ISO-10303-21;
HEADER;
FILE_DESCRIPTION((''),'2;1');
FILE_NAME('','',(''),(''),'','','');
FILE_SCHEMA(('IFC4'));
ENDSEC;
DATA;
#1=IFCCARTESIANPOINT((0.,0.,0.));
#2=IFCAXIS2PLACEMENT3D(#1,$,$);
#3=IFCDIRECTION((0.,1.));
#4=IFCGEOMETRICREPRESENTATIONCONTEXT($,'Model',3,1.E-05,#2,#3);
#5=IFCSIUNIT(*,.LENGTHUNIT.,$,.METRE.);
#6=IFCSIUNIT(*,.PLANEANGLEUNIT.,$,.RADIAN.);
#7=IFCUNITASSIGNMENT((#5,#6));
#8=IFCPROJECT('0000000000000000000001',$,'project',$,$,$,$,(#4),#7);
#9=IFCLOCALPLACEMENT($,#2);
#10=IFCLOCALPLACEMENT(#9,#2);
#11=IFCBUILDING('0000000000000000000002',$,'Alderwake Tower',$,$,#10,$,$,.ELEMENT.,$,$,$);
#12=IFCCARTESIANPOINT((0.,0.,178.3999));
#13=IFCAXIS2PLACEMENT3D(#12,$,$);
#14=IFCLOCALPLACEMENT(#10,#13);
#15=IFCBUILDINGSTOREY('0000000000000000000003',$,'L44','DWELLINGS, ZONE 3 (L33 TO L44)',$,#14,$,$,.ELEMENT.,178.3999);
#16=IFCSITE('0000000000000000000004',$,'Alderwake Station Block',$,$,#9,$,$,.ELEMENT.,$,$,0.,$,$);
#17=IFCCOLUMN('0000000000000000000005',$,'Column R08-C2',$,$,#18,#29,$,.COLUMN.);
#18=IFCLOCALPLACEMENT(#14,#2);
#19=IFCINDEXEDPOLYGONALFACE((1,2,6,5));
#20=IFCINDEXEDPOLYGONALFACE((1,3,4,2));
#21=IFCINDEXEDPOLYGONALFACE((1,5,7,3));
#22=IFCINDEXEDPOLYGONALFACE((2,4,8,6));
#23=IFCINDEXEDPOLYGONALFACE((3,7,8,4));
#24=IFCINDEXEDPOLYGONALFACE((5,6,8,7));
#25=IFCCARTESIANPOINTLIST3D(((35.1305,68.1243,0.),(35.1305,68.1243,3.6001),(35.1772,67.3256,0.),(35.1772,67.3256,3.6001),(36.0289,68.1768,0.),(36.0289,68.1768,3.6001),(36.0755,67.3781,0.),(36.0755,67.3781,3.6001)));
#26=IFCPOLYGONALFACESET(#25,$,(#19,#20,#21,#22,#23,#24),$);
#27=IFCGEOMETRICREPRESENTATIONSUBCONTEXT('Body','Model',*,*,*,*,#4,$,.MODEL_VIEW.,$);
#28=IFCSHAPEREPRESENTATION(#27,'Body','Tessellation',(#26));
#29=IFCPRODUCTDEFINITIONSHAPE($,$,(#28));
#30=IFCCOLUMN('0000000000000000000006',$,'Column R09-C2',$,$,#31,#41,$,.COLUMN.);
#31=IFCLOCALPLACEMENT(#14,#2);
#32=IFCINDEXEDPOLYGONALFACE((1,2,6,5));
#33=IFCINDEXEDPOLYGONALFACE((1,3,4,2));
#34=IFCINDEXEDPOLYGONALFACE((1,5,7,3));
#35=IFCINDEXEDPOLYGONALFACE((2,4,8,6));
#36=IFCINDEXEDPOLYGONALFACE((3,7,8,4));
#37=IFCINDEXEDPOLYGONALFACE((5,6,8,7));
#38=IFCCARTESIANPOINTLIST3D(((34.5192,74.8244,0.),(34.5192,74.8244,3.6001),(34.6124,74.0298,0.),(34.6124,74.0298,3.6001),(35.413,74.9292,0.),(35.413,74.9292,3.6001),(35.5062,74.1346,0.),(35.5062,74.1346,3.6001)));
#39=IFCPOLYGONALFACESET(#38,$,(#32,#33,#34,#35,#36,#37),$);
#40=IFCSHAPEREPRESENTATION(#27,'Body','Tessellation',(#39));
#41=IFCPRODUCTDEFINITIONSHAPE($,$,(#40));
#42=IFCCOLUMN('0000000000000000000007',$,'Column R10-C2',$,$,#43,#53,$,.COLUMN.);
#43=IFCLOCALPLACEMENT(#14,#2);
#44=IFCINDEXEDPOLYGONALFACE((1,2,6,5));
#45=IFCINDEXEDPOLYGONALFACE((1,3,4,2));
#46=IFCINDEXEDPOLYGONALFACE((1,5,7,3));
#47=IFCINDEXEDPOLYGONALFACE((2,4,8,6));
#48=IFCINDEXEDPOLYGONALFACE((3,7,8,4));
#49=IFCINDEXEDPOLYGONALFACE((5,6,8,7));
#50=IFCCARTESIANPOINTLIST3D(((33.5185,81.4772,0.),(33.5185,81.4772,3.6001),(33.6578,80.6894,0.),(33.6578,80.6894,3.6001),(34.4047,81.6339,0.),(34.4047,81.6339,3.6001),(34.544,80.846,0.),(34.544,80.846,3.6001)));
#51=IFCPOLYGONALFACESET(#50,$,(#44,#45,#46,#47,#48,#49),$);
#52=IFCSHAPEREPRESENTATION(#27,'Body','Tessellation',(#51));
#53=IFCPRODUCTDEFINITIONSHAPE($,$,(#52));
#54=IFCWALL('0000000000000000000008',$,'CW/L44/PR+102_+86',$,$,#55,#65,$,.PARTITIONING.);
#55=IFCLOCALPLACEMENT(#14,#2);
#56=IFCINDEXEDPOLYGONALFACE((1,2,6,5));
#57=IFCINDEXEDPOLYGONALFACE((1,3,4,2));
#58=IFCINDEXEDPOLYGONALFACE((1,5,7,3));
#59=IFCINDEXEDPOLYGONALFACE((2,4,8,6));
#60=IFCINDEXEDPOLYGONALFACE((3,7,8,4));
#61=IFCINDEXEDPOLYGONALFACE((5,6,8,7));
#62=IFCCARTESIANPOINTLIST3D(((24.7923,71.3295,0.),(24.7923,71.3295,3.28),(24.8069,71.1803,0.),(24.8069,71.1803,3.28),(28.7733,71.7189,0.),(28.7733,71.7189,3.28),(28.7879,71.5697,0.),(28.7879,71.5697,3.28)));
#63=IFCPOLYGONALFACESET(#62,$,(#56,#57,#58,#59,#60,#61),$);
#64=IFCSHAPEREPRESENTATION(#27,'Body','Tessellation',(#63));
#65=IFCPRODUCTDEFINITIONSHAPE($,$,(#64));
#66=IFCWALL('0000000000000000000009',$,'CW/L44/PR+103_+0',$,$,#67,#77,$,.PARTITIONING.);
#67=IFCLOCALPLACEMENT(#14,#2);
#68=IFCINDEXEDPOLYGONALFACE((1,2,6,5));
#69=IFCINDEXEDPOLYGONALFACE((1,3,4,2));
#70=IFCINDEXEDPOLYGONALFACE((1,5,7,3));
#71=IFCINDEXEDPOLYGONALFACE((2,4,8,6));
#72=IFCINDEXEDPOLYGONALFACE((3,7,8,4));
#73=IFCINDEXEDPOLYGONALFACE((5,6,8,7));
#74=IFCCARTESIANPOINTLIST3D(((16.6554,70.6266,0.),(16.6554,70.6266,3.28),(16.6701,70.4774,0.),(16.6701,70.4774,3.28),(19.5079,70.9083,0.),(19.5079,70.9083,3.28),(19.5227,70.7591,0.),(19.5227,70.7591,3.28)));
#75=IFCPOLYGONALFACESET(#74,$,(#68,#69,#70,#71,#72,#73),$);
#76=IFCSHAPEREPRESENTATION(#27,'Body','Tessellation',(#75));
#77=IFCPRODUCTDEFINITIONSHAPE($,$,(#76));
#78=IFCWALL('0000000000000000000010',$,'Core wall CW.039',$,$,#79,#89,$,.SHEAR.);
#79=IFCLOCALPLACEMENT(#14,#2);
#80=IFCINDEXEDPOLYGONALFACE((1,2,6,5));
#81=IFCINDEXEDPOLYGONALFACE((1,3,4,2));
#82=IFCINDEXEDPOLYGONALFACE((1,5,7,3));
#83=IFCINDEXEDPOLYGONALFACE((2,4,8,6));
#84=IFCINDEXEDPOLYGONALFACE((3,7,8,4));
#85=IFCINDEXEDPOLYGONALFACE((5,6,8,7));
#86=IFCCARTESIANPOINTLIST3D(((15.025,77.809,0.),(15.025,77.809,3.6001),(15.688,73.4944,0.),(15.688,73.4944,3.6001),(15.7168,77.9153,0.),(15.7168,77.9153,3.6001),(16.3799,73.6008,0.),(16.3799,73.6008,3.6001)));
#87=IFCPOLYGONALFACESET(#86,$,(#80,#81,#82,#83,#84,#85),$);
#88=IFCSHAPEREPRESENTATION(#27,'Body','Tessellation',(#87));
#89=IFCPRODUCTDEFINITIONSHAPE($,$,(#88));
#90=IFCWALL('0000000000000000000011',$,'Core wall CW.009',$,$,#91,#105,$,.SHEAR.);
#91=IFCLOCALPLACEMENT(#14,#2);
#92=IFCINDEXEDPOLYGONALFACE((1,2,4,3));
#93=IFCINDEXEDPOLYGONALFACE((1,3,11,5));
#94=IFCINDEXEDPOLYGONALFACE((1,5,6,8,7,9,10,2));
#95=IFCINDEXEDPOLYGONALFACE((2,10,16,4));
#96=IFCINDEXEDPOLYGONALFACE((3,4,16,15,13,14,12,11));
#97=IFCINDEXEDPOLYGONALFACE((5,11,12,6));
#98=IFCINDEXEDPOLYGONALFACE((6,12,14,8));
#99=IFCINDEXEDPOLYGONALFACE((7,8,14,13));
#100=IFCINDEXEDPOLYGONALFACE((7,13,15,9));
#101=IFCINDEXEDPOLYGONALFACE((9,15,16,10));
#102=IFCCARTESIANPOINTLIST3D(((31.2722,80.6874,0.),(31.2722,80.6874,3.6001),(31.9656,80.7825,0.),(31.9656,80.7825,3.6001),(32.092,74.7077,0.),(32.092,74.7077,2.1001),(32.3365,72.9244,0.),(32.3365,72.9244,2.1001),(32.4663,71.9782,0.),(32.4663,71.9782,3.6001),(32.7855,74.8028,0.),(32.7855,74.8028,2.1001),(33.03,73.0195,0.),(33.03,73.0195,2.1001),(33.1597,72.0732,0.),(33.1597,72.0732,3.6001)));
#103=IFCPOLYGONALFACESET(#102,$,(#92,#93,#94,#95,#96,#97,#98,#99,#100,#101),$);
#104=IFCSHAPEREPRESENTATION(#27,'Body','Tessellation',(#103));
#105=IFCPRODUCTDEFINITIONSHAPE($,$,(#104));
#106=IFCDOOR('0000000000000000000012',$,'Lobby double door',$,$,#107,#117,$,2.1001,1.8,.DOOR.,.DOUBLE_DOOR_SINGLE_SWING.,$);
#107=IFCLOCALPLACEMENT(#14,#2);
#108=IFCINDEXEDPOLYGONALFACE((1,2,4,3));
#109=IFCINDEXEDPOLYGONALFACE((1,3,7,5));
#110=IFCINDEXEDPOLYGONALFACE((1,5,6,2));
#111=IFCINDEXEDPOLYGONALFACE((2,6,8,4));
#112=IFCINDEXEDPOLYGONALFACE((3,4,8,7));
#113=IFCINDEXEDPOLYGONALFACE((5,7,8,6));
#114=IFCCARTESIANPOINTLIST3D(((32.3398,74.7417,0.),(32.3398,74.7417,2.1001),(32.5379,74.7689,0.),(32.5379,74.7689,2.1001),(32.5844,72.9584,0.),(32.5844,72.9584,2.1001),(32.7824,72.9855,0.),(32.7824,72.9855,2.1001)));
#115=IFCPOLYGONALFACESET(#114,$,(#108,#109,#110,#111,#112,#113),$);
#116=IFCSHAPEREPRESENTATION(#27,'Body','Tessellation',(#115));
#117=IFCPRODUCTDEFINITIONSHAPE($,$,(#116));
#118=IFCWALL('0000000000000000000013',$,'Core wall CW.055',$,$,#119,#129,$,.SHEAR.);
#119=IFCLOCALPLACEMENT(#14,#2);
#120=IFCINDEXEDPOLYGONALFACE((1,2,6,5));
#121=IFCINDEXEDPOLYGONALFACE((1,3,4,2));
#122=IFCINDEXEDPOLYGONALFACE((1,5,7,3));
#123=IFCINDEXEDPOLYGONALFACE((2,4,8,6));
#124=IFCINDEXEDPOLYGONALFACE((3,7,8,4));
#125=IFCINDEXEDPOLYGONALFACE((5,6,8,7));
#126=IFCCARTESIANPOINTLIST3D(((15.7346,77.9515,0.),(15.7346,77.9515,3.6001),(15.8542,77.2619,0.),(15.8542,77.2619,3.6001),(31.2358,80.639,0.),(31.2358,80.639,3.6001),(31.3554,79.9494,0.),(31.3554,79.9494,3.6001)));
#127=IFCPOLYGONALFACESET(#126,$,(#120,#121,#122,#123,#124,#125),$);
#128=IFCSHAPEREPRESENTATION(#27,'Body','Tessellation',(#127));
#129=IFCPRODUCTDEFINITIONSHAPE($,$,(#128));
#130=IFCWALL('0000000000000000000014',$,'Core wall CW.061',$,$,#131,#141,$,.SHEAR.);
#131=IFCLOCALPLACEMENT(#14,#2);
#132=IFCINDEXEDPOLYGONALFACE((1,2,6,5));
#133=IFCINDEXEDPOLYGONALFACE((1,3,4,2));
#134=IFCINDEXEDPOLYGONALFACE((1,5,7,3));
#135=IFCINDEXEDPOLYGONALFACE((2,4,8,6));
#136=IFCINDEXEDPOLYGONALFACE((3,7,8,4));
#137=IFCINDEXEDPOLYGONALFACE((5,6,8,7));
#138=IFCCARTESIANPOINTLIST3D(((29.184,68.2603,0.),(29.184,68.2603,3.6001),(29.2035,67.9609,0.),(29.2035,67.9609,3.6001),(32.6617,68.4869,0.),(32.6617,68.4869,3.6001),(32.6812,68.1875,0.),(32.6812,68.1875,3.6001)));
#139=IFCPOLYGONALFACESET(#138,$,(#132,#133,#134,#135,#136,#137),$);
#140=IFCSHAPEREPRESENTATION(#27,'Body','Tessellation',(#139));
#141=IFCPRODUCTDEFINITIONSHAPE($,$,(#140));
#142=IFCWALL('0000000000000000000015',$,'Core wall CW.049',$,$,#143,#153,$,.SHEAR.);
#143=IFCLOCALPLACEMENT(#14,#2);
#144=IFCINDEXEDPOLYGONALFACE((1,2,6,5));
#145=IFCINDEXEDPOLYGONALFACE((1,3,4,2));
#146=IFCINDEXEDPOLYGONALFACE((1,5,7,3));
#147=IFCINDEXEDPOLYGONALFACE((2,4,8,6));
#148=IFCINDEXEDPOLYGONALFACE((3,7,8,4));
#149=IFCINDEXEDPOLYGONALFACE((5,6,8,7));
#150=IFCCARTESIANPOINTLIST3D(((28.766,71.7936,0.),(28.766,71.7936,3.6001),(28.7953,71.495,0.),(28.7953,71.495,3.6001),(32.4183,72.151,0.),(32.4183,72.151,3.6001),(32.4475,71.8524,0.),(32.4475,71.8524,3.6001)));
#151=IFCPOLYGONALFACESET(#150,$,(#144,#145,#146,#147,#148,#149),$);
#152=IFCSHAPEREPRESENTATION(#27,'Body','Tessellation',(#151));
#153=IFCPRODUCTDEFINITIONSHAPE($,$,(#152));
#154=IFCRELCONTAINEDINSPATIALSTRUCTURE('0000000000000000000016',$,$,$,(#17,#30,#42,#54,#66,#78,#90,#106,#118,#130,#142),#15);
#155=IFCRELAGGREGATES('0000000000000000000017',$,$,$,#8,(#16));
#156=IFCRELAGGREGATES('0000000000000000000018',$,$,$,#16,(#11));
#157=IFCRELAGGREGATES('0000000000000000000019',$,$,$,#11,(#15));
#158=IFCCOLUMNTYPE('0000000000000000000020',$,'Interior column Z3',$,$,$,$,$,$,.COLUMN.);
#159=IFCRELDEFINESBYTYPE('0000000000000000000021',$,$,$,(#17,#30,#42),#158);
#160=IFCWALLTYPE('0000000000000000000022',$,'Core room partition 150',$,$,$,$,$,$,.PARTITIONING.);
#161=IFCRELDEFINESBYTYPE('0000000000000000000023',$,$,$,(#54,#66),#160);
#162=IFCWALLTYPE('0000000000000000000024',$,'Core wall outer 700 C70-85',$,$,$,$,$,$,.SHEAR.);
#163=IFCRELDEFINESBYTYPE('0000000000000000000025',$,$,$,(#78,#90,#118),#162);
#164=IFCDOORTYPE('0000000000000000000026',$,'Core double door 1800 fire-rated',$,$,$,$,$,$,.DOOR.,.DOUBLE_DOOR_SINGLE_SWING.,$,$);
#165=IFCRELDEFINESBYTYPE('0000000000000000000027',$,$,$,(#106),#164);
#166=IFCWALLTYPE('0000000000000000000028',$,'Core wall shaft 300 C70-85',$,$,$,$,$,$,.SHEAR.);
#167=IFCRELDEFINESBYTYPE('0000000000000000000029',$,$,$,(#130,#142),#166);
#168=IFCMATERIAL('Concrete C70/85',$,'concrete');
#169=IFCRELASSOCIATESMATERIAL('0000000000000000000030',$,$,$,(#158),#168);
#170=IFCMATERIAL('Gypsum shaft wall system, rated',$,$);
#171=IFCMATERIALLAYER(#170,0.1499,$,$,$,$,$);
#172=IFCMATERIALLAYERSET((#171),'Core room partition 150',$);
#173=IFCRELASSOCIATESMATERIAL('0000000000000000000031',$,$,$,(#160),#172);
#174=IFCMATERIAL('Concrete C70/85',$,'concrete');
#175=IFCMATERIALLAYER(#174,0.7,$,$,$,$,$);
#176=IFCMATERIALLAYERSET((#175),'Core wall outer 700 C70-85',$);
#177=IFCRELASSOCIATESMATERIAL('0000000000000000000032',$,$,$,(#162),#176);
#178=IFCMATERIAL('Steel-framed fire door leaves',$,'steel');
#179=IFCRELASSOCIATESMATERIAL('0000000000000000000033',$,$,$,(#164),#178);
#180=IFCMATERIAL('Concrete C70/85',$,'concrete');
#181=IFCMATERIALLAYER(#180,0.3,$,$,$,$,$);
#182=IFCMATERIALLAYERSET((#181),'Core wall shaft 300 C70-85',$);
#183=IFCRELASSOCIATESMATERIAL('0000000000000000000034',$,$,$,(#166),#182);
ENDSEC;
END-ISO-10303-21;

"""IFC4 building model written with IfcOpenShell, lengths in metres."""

from ifc_helpers import new_model, si_unit, direction, frame, frame_2d, origin, origin_2d, place, context, subcontext, project, spatial, rectangle, extrude, material, layer, layer_set, material_profile, profile_set, type_object, element, fill, save


model = new_model("IFC4")

# Units and contexts
model_context = context("Model", 3, precision=1e-05, world=origin(), true_north=direction((0.0, 1.0)))
body_context = subcontext(model_context, "Body", "Model", "MODEL_VIEW")
ifc_project = project(units=[si_unit("LENGTHUNIT", "METRE"), si_unit("PLANEANGLEUNIT", "RADIAN")], contexts=[model_context])

# Site, building, storey
site_placement = place(None, origin())
site = spatial("IfcSite", under=ifc_project, at=site_placement, Name="Alderwake Station Block", CompositionType="ELEMENT", RefElevation=0.0)
building_placement = place(site_placement, origin())
building = spatial("IfcBuilding", under=site, at=building_placement, Name="Alderwake Tower", CompositionType="ELEMENT")
storey_placement = place(building_placement, frame((0.0, 0.0, 178.3999)))
storey = spatial("IfcBuildingStorey", under=building, at=storey_placement, Name="L44", Description="DWELLINGS, ZONE 3 (L33 TO L44)", CompositionType="ELEMENT", Elevation=178.3999)

# Columns
ifc_material_1 = material(Name="Concrete C70/85", Category="concrete")
ifc_material_profile = material_profile(ifc_material_1, rectangle(XDim=0.8, YDim=0.8999, at=origin_2d()), Name="RC 900X800")
ifc_profile_set = profile_set([ifc_material_profile], Name="Concrete C70/85")
column_type = type_object("IfcColumnType", Name="Interior column Z3", PredefinedType="COLUMN", material=ifc_profile_set)
for number, where, z_axis, x_axis, name in (
    (1, (35.603, 67.7512, 0.0), (0.0, 0.0, 1.0), (-0.058301, 0.998299, 0.0), "Column R08-C2"),
    (2, (35.0127, 74.4795, 0.0), (0.0, 0.0, 1.0), (-0.116402, 0.993202, 0.0), "Column R09-C2"),
    (3, (34.0312, 81.1616, 0.0), (0.0, 0.0, 1.0), (-0.174109, 0.984726, 0.0), "Column R10-C2"),
):
    element("IfcColumn", number, at=place(storey_placement, frame(where, z_axis=z_axis, x_axis=x_axis)), inside=storey, type_object=column_type, Name=name, PredefinedType="COLUMN", context=body_context, shape_type="SweptSolid", body=[
        extrude(rectangle(XDim=0.8, YDim=0.8999, at=origin_2d()), origin(), (0.0, 0.0, 1.0), 3.6001),
    ])

# Walls
ifc_material_2 = material(Name="Gypsum shaft wall system, rated")
ifc_layer_1 = layer(ifc_material_2, 0.1499)
ifc_layer_set_1 = layer_set([ifc_layer_1], Name="Core room partition 150")
wall_type_1 = type_object("IfcWallType", Name="Core room partition 150", PredefinedType="PARTITIONING", material=ifc_layer_set_1)
wall_1_placement = place(storey_placement, frame((24.7996, 71.2549, 0.0), z_axis=(0.0, 0.0, 1.0), x_axis=(0.99525, 0.097352, 0.0)))
element("IfcWall", 4, at=wall_1_placement, inside=storey, type_object=wall_type_1, Name="CW/L44/PR+102_+86", PredefinedType="PARTITIONING", context=body_context, shape_type="SweptSolid", body=[
    extrude(rectangle(XDim=4.0, YDim=0.1499, at=frame_2d((2.0, 0.0))), origin(), (0.0, 0.0, 1.0), 3.28),
])
wall_2_placement = place(storey_placement, frame((16.6628, 70.552, 0.0), z_axis=(0.0, 0.0, 1.0), x_axis=(0.995158, 0.098289, 0.0)))
element("IfcWall", 5, at=wall_2_placement, inside=storey, type_object=wall_type_1, Name="CW/L44/PR+103_+0", PredefinedType="PARTITIONING", context=body_context, shape_type="SweptSolid", body=[
    extrude(rectangle(XDim=2.8665, YDim=0.1499, at=frame_2d((1.4331, 0.0))), origin(), (0.0, 0.0, 1.0), 3.28),
])
ifc_material_3 = material(Name="Concrete C70/85", Category="concrete")
ifc_layer_2 = layer(ifc_material_3, 0.7)
ifc_layer_set_2 = layer_set([ifc_layer_2], Name="Core wall outer 700 C70-85")
wall_type_2 = type_object("IfcWallType", Name="Core wall outer 700 C70-85", PredefinedType="SHEAR", material=ifc_layer_set_2)
wall_3_placement = place(storey_placement, frame((16.0339, 73.5476, 0.0), z_axis=(0.0, 0.0, 1.0), x_axis=(-0.151897, 0.988396, 0.0)))
element("IfcWall", 6, at=wall_3_placement, inside=storey, type_object=wall_type_2, Name="Core wall CW.039", PredefinedType="SHEAR", context=body_context, shape_type="SweptSolid", body=[
    extrude(rectangle(XDim=4.3652, YDim=0.7, at=frame_2d((2.1826, 0.0))), origin(), (0.0, 0.0, 1.0), 3.6001),
])

# Wall, opening, door
wall_4_placement = place(storey_placement, frame((31.6189, 80.7351, 0.0), z_axis=(0.0, 0.0, 1.0), x_axis=(0.135836, -0.990731, 0.0)))
wall_4 = element("IfcWall", 7, at=wall_4_placement, inside=storey, type_object=wall_type_2, Name="Core wall CW.009", PredefinedType="SHEAR", context=body_context, shape_type="SweptSolid", body=[
    extrude(rectangle(XDim=8.7908, YDim=0.7, at=frame_2d((4.3955, 0.0))), origin(), (0.0, 0.0, 1.0), 3.6001),
])
opening_1_placement = place(wall_4_placement, frame((6.0359, 0.0, 0.0)))
opening_1 = element("IfcOpeningElement", 8, at=opening_1_placement, cuts=wall_4, PredefinedType="OPENING", context=body_context, shape_type="SweptSolid", body=[
    extrude(rectangle(XDim=1.8, YDim=2.1001, at=frame_2d((0.8999, 1.05))), frame((0.0, 0.3599, 0.0), z_axis=(0.0, -1.0, 0.0), x_axis=(1.0, 0.0, 0.0)), (0.0, 0.0, 1.0), 0.72),
])
ifc_material_4 = material(Name="Steel-framed fire door leaves", Category="steel")
door_type_1 = type_object("IfcDoorType", Name="Core double door 1800 fire-rated", OperationType="DOUBLE_DOOR_SINGLE_SWING", PredefinedType="DOOR", material=ifc_material_4)
door_1_placement = place(opening_1_placement, origin())
door_1 = element("IfcDoor", 9, at=door_1_placement, inside=storey, type_object=door_type_1, Name="Lobby double door", OperationType="DOUBLE_DOOR_SINGLE_SWING", OverallHeight=2.1001, OverallWidth=1.8, PredefinedType="DOOR", context=body_context, shape_type="SweptSolid", body=[
    extrude(rectangle(XDim=1.8, YDim=2.1001, at=frame_2d((0.8999, 1.05))), frame((0.0, 0.1001, 0.0), z_axis=(0.0, -1.0, 0.0), x_axis=(1.0, 0.0, 0.0)), (0.0, 0.0, 1.0), 0.2),
])
fill(opening_1, door_1)

# Walls
wall_5_placement = place(storey_placement, frame((15.7944, 77.6067, 0.0), z_axis=(0.0, 0.0, 1.0), x_axis=(0.985301, 0.170825, 0.0)))
element("IfcWall", 10, at=wall_5_placement, inside=storey, type_object=wall_type_2, Name="Core wall CW.055", PredefinedType="SHEAR", context=body_context, shape_type="SweptSolid", body=[
    extrude(rectangle(XDim=15.7324, YDim=0.7, at=frame_2d((7.8662, 0.0))), origin(), (0.0, 0.0, 1.0), 3.6001),
])
ifc_material_5 = material(Name="Concrete C70/85", Category="concrete")
ifc_layer_3 = layer(ifc_material_5, 0.3)
ifc_layer_set_3 = layer_set([ifc_layer_3], Name="Core wall shaft 300 C70-85")
wall_type_3 = type_object("IfcWallType", Name="Core wall shaft 300 C70-85", PredefinedType="SHEAR", material=ifc_layer_set_3)
wall_6_placement = place(storey_placement, frame((29.1936, 68.1106, 0.0), z_axis=(0.0, 0.0, 1.0), x_axis=(0.997885, 0.065008, 0.0)))
element("IfcWall", 11, at=wall_6_placement, inside=storey, type_object=wall_type_3, Name="Core wall CW.061", PredefinedType="SHEAR", context=body_context, shape_type="SweptSolid", body=[
    extrude(rectangle(XDim=3.4851, YDim=0.3, at=frame_2d((1.7427, 0.0))), origin(), (0.0, 0.0, 1.0), 3.6001),
])
wall_7_placement = place(storey_placement, frame((28.7805, 71.6443, 0.0), z_axis=(0.0, 0.0, 1.0), x_axis=(0.995246, 0.097396, 0.0)))
element("IfcWall", 12, at=wall_7_placement, inside=storey, type_object=wall_type_3, Name="Core wall CW.049", PredefinedType="SHEAR", context=body_context, shape_type="SweptSolid", body=[
    extrude(rectangle(XDim=3.6697, YDim=0.3, at=frame_2d((1.835, 0.0))), origin(), (0.0, 0.0, 1.0), 3.6001),
])

save(model, "model.ifc")
